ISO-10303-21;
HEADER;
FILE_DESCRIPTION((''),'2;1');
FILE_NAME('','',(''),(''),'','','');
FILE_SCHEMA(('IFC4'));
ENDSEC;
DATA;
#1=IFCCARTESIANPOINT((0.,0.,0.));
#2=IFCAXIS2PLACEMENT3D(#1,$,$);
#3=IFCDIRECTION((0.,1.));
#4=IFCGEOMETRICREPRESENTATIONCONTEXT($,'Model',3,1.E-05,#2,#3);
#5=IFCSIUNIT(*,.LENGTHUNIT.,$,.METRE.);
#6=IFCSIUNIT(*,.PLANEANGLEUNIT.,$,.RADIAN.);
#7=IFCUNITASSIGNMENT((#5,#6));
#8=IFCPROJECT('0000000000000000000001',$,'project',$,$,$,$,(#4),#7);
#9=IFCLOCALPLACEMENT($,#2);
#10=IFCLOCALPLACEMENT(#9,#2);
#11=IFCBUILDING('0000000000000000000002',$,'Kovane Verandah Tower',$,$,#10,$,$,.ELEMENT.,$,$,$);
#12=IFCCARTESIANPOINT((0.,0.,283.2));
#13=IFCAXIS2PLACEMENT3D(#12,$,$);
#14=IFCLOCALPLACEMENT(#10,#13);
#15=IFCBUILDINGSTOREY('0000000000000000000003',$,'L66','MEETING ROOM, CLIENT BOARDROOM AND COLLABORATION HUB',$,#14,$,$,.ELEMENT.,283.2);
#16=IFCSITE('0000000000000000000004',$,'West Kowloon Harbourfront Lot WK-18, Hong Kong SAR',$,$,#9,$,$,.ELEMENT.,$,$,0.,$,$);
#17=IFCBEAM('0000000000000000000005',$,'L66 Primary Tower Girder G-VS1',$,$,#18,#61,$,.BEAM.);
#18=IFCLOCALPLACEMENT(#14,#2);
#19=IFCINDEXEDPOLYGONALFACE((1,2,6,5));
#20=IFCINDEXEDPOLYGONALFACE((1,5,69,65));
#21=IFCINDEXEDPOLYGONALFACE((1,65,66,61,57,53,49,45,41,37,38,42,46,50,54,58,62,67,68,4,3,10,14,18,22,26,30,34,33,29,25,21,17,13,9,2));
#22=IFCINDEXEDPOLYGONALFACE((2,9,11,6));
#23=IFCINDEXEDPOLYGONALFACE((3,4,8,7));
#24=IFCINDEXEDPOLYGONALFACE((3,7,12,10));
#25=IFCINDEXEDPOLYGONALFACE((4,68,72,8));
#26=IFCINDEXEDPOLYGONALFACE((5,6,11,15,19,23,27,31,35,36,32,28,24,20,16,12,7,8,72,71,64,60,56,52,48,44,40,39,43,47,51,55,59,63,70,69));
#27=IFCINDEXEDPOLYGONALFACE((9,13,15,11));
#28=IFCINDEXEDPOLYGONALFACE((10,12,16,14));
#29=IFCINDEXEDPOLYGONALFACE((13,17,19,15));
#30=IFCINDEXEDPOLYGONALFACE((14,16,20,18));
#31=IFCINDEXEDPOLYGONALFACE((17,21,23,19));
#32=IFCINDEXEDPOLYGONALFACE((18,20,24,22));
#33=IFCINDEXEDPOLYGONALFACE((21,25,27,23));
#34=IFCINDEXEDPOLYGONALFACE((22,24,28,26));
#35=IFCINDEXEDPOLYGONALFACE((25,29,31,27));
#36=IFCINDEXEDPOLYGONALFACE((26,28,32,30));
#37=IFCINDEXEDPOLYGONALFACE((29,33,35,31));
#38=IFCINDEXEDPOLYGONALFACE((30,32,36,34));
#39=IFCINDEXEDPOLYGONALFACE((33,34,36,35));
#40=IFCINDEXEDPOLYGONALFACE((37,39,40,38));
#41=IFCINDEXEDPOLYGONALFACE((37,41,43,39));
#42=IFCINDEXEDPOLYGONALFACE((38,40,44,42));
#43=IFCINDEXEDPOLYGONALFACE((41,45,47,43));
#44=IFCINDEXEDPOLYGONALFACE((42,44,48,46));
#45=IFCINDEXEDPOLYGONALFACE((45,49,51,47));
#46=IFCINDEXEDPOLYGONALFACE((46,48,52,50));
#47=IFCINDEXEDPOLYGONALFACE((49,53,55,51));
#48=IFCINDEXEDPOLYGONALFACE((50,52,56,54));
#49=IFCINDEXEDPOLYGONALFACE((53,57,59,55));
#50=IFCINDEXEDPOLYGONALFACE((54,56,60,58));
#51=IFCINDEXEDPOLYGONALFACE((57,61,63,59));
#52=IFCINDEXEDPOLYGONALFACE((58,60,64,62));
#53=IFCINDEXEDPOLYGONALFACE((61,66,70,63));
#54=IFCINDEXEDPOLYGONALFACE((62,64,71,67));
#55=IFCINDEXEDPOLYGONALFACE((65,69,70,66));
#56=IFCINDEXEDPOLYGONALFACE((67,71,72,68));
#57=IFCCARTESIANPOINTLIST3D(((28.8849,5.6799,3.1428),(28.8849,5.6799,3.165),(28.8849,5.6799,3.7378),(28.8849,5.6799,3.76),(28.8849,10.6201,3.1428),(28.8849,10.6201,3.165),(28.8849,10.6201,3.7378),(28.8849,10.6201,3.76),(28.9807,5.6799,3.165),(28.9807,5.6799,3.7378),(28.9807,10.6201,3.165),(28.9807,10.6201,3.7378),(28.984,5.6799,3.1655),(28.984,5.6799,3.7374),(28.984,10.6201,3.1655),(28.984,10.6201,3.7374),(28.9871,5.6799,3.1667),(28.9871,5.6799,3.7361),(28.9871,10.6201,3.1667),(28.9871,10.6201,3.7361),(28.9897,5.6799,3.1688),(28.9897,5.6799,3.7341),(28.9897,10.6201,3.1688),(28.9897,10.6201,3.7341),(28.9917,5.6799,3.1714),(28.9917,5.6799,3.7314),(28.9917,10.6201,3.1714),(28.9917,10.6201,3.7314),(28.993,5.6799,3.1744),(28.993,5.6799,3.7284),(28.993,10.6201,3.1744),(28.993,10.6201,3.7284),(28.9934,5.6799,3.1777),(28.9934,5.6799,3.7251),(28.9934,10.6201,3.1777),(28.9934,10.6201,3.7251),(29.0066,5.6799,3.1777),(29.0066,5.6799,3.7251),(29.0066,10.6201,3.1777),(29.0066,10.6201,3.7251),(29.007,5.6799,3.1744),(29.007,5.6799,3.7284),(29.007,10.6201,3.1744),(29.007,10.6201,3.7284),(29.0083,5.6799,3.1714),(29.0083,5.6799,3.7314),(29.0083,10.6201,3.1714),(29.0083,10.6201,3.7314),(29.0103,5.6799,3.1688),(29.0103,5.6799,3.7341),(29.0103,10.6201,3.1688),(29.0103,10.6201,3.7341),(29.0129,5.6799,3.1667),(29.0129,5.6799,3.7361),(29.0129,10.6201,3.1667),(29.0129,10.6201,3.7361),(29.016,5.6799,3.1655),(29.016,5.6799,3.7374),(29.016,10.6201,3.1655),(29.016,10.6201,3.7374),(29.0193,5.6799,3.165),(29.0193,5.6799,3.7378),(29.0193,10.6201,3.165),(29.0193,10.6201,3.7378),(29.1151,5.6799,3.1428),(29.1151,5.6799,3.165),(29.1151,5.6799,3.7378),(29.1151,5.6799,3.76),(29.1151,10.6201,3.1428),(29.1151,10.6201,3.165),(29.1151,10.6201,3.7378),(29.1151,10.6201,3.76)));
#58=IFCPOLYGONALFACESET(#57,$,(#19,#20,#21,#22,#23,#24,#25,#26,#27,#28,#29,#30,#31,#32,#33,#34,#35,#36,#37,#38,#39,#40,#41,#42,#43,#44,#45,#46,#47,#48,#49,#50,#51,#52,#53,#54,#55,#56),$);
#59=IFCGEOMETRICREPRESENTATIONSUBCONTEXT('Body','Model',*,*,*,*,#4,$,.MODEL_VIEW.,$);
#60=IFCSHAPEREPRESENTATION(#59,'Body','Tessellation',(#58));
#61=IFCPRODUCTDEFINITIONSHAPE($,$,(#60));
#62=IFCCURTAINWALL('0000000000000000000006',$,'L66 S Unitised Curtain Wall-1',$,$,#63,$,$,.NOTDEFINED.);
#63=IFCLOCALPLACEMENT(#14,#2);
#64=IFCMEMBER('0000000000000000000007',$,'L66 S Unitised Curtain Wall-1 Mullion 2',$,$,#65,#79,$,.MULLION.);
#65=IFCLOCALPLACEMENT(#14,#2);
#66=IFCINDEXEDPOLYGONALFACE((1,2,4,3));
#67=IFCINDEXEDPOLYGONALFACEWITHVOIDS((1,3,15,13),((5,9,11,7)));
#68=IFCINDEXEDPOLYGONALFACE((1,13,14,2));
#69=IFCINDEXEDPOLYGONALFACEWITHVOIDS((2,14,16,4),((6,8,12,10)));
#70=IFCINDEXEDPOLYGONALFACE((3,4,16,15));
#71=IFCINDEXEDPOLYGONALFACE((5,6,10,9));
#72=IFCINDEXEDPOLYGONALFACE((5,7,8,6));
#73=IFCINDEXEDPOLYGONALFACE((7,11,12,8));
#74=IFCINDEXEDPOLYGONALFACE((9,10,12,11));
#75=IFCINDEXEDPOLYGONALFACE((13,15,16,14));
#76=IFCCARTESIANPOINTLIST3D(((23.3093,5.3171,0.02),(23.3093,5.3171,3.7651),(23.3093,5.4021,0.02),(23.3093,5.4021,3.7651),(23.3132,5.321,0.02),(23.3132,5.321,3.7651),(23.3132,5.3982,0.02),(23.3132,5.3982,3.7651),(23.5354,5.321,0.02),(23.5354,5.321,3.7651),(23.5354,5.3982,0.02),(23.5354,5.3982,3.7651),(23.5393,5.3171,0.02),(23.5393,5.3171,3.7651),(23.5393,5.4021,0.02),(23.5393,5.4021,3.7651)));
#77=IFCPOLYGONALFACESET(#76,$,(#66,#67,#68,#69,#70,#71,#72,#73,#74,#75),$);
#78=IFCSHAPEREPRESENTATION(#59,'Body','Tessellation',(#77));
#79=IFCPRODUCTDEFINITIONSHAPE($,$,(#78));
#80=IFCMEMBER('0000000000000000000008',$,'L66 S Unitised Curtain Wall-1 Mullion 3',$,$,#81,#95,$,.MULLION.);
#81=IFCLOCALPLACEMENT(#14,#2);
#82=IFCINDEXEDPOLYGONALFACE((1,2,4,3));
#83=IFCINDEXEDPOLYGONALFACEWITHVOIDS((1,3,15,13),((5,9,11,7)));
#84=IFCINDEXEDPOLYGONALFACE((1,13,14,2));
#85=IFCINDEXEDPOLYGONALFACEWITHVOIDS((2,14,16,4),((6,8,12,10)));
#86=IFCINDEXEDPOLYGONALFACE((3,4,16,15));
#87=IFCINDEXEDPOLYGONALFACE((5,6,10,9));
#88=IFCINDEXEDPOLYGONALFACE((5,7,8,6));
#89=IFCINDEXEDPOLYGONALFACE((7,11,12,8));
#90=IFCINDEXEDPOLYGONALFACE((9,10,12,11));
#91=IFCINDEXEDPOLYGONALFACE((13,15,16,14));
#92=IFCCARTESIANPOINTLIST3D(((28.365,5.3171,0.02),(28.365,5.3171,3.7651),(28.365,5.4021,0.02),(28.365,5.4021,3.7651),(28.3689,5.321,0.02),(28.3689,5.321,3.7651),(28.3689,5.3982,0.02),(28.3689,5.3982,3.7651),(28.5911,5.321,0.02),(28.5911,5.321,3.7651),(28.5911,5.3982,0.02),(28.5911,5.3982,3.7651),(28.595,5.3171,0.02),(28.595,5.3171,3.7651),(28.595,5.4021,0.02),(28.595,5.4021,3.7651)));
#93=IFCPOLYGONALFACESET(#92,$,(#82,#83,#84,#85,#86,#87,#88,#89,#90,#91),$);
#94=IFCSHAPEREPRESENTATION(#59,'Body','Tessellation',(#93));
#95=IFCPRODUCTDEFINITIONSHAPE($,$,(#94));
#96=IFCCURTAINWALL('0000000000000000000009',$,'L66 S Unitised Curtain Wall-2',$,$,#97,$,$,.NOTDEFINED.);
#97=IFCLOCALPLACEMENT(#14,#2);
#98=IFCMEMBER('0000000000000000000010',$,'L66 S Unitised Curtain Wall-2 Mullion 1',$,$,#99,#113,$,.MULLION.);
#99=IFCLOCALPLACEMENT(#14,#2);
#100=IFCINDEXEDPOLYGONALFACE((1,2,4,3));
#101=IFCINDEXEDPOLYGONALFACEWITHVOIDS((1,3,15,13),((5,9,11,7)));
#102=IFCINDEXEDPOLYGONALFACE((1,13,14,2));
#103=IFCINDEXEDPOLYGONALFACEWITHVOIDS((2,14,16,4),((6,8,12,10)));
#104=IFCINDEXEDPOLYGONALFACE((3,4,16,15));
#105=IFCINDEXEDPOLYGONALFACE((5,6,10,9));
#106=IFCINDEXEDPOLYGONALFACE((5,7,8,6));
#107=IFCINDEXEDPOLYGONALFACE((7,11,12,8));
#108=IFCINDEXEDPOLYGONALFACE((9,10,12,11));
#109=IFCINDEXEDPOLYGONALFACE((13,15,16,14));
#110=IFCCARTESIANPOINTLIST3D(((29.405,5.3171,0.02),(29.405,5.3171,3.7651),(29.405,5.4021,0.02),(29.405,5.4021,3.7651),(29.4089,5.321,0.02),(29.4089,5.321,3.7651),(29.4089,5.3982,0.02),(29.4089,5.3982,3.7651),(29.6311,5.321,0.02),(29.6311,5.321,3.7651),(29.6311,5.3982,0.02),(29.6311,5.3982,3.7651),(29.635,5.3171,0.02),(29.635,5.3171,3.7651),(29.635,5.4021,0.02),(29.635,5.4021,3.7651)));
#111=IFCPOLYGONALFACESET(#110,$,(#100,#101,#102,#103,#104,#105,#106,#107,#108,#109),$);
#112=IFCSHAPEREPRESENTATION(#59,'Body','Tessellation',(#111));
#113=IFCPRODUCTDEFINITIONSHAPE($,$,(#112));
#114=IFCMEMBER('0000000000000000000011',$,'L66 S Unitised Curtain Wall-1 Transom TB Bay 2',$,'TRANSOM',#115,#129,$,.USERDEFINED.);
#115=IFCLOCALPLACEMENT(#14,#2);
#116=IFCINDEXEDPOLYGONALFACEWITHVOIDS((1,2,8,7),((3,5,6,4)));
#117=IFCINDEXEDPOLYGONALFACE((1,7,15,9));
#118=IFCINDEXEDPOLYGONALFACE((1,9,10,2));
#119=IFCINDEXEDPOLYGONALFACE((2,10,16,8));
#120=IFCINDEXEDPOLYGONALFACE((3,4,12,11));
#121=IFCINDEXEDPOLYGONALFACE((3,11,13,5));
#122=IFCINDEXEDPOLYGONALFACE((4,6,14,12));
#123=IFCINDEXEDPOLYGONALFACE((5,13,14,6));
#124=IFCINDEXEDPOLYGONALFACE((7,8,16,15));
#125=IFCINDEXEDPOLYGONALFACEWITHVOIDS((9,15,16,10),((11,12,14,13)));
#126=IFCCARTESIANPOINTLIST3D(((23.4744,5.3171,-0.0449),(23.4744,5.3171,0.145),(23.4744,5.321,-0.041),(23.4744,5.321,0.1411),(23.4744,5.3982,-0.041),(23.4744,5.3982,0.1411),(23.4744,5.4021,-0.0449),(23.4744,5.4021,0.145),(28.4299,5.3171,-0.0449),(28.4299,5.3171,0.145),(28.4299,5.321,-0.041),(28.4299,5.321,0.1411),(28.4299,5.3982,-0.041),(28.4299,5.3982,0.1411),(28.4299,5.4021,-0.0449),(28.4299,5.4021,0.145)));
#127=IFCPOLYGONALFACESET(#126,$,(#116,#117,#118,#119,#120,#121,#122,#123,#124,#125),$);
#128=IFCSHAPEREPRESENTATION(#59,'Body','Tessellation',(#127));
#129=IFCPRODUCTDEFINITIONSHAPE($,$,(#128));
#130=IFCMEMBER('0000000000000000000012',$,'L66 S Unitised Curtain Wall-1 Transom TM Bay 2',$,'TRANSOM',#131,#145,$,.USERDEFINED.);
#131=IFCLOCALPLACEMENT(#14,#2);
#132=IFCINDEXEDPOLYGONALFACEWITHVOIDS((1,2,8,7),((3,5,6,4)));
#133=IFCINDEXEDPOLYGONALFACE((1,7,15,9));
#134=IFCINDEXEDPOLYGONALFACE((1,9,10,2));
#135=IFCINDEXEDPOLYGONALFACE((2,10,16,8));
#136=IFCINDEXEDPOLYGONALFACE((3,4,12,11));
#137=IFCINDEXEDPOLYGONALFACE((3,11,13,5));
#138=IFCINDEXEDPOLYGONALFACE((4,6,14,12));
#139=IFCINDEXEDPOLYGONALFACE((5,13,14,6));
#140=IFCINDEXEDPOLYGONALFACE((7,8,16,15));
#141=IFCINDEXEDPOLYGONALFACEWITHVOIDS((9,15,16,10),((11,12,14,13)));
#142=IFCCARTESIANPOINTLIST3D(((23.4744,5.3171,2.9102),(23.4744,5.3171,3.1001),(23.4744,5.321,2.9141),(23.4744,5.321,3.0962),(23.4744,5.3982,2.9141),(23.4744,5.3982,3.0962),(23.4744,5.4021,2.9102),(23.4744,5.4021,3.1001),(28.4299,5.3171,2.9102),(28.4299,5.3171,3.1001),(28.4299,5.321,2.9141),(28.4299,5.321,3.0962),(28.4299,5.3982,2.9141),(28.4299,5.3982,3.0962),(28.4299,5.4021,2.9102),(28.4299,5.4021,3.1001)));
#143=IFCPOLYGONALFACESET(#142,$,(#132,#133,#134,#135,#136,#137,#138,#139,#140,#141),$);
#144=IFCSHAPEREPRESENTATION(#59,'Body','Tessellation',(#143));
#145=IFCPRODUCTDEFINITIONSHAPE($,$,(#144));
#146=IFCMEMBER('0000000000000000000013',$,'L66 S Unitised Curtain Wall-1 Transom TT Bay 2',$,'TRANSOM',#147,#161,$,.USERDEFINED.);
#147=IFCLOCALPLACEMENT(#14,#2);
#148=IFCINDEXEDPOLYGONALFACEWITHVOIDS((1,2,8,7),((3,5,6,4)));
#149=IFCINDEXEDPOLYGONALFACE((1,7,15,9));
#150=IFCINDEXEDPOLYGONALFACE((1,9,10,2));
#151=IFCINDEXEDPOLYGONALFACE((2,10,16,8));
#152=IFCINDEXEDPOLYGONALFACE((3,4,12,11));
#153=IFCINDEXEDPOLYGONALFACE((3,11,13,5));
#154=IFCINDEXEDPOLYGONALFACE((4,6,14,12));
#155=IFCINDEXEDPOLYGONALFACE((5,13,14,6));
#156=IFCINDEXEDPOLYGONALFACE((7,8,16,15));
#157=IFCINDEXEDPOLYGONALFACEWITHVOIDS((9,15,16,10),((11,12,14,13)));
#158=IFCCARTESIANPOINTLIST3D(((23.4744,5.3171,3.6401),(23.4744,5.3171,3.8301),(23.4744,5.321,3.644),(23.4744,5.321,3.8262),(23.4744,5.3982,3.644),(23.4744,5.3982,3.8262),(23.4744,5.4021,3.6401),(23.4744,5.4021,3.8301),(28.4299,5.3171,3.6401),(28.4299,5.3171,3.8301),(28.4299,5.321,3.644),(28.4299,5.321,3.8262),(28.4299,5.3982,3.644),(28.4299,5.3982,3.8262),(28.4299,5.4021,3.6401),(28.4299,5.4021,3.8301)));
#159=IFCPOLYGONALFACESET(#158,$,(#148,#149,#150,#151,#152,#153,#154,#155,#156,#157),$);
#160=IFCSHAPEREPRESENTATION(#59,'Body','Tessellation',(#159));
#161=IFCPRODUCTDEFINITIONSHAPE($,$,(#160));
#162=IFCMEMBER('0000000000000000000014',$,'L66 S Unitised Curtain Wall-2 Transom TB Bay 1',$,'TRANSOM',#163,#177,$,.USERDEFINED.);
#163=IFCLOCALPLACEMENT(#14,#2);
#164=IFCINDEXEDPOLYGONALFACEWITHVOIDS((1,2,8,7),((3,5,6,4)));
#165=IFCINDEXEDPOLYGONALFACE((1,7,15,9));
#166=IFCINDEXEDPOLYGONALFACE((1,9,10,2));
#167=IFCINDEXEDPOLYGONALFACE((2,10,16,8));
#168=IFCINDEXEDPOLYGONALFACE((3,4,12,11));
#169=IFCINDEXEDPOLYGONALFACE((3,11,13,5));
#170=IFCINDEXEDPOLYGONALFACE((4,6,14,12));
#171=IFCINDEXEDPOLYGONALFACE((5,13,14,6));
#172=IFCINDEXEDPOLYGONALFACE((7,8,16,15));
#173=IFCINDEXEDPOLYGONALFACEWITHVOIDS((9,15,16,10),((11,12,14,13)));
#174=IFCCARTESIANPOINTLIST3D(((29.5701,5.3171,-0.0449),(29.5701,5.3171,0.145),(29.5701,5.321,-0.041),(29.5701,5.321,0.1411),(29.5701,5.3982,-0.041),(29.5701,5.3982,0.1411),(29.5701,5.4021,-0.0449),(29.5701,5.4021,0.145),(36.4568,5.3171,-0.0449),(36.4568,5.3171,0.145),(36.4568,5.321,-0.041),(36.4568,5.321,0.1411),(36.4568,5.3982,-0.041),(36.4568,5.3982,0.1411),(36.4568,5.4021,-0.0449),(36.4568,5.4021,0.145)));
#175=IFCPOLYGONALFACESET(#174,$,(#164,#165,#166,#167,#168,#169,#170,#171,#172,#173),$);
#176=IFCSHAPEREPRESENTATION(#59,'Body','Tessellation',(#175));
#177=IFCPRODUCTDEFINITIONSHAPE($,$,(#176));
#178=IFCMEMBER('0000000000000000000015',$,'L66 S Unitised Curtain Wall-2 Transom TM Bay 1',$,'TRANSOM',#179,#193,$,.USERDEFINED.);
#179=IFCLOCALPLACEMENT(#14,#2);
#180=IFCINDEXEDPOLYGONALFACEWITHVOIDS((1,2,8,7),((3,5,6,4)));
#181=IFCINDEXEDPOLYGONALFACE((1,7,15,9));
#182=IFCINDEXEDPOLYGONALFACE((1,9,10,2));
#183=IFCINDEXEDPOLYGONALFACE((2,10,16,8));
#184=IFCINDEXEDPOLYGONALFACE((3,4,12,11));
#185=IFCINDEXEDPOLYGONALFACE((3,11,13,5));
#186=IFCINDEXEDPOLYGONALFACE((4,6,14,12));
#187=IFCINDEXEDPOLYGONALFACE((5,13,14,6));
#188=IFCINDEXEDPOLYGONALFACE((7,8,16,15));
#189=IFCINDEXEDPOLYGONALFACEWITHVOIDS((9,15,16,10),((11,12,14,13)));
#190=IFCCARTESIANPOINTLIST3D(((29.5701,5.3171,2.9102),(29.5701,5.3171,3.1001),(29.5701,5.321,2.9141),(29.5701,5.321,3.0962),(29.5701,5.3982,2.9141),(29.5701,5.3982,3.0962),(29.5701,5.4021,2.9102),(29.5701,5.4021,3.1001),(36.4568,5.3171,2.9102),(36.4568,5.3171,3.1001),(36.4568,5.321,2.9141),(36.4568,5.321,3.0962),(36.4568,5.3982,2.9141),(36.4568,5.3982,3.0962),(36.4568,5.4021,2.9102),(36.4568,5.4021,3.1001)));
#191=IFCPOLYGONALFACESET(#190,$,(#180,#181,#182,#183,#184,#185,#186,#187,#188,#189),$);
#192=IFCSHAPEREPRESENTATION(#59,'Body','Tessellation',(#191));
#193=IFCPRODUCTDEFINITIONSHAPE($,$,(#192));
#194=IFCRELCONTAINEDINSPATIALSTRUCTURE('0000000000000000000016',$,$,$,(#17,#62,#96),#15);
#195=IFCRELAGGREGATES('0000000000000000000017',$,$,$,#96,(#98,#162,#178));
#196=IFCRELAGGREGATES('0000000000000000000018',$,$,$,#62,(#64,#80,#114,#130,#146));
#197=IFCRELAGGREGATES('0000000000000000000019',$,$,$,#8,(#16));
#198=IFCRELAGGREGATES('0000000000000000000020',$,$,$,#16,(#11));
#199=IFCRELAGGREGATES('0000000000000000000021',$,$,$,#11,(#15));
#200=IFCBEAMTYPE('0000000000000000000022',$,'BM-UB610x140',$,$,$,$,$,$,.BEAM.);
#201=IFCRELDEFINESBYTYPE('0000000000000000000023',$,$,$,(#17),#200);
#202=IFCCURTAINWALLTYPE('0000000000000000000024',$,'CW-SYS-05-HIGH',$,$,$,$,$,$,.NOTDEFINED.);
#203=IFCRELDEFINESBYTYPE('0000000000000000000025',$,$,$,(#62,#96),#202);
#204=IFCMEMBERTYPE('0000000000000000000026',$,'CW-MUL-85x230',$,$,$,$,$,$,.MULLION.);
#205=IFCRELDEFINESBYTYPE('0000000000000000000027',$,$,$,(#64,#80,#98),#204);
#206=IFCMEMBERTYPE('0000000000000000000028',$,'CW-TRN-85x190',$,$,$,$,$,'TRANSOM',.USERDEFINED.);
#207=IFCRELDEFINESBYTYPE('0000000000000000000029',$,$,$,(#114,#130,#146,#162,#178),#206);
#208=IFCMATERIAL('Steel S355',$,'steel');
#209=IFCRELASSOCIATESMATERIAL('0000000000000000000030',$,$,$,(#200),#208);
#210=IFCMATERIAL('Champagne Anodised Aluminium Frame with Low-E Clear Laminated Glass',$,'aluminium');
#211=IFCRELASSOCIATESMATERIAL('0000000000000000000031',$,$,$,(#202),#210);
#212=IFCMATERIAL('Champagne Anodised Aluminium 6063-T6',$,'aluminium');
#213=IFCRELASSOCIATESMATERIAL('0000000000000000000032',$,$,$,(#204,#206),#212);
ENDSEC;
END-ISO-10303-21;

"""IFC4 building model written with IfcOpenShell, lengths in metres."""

from ifc_helpers import new_model, si_unit, direction, frame, origin, origin_2d, place, context, subcontext, project, spatial, hollow_rectangle, i_section, extrude, material, material_profile, profile_set, type_object, element, aggregate, save


model = new_model("IFC4")

# Units and contexts
model_context = context("Model", 3, precision=1e-05, world=origin(), true_north=direction((0.0, 1.0)))
body_context = subcontext(model_context, "Body", "Model", "MODEL_VIEW")
ifc_project = project(units=[si_unit("LENGTHUNIT", "METRE"), si_unit("PLANEANGLEUNIT", "RADIAN")], contexts=[model_context])

# Site, building, storey
site_placement = place(None, origin())
site = spatial("IfcSite", under=ifc_project, at=site_placement, Name="West Kowloon Harbourfront Lot WK-18, Hong Kong SAR", CompositionType="ELEMENT", RefElevation=0.0)
building_placement = place(site_placement, origin())
building = spatial("IfcBuilding", under=site, at=building_placement, Name="Kovane Verandah Tower", CompositionType="ELEMENT")
storey_placement = place(building_placement, frame((0.0, 0.0, 283.2)))
storey = spatial("IfcBuildingStorey", under=building, at=storey_placement, Name="L66", Description="MEETING ROOM, CLIENT BOARDROOM AND COLLABORATION HUB", CompositionType="ELEMENT", Elevation=283.2)

# Beam
ifc_material_1 = material(Name="Steel S355", Category="steel")
ifc_material_profile_1 = material_profile(ifc_material_1, i_section(OverallWidth=0.2302, OverallDepth=0.6172, WebThickness=0.0132, FlangeThickness=0.0222, FilletRadius=0.0127, at=origin_2d()), Name="UB610x229x140")
ifc_profile_set_1 = profile_set([ifc_material_profile_1], Name="Steel S355")
beam_type_1 = type_object("IfcBeamType", Name="BM-UB610x140", PredefinedType="BEAM", material=ifc_profile_set_1)
beam_1_placement = place(storey_placement, frame((29.0, 10.6201, 3.4514), z_axis=(0.0, -1.0, 0.0), x_axis=(1.0, 0.0, 0.0)))
element("IfcBeam", 1, at=beam_1_placement, inside=storey, type_object=beam_type_1, Name="L66 Primary Tower Girder G-VS1", PredefinedType="BEAM", context=body_context, shape_type="SweptSolid", body=[
    extrude(i_section(OverallWidth=0.2302, OverallDepth=0.6172, WebThickness=0.0132, FlangeThickness=0.0222, FilletRadius=0.0127, at=origin_2d()), origin(), (0.0, 0.0, 1.0), 4.9402),
])

# Curtain wall, members
ifc_material_2 = material(Name="Champagne Anodised Aluminium Frame with Low-E Clear Laminated Glass", Category="aluminium")
curtain_wall_type = type_object("IfcCurtainWallType", Name="CW-SYS-05-HIGH", PredefinedType="NOTDEFINED", material=ifc_material_2)
curtain_wall_1_placement = place(storey_placement, origin())
curtain_wall_1 = element("IfcCurtainWall", 2, at=curtain_wall_1_placement, inside=storey, type_object=curtain_wall_type, Name="L66 S Unitised Curtain Wall-1", PredefinedType="NOTDEFINED")
ifc_material_3 = material(Name="Champagne Anodised Aluminium 6063-T6", Category="aluminium")
ifc_material_profile_2 = material_profile(ifc_material_3, hollow_rectangle(XDim=0.085, YDim=0.23, WallThickness=0.0039, at=origin_2d()), Name="AL85x230x4")
ifc_profile_set_2 = profile_set([ifc_material_profile_2], Name="Champagne Anodised Aluminium 6063-T6")
member_type_1 = type_object("IfcMemberType", Name="CW-MUL-85x230", PredefinedType="MULLION", material=ifc_profile_set_2)
member_1_placement = place(storey_placement, frame((23.4243, 5.3596, 0.02), z_axis=(0.0, 0.0, 1.0), x_axis=(0.0, -1.0, 0.0)))
member_1 = element("IfcMember", 3, at=member_1_placement, type_object=member_type_1, Name="L66 S Unitised Curtain Wall-1 Mullion 2", PredefinedType="MULLION", context=body_context, shape_type="SweptSolid", body=[
    extrude(hollow_rectangle(XDim=0.085, YDim=0.23, WallThickness=0.0039, at=origin_2d()), origin(), (0.0, 0.0, 1.0), 3.7451),
])
member_2_placement = place(storey_placement, frame((28.48, 5.3596, 0.02), z_axis=(0.0, 0.0, 1.0), x_axis=(0.0, -1.0, 0.0)))
member_2 = element("IfcMember", 4, at=member_2_placement, type_object=member_type_1, Name="L66 S Unitised Curtain Wall-1 Mullion 3", PredefinedType="MULLION", context=body_context, shape_type="SweptSolid", body=[
    extrude(hollow_rectangle(XDim=0.085, YDim=0.23, WallThickness=0.0039, at=origin_2d()), origin(), (0.0, 0.0, 1.0), 3.7451),
])

# Curtain wall, member
curtain_wall_2_placement = place(storey_placement, origin())
curtain_wall_2 = element("IfcCurtainWall", 5, at=curtain_wall_2_placement, inside=storey, type_object=curtain_wall_type, Name="L66 S Unitised Curtain Wall-2", PredefinedType="NOTDEFINED")
member_3_placement = place(storey_placement, frame((29.52, 5.3596, 0.02), z_axis=(0.0, 0.0, 1.0), x_axis=(0.0, -1.0, 0.0)))
member_3 = element("IfcMember", 6, at=member_3_placement, type_object=member_type_1, Name="L66 S Unitised Curtain Wall-2 Mullion 1", PredefinedType="MULLION", context=body_context, shape_type="SweptSolid", body=[
    extrude(hollow_rectangle(XDim=0.085, YDim=0.23, WallThickness=0.0039, at=origin_2d()), origin(), (0.0, 0.0, 1.0), 3.7451),
])

# Members
ifc_material_profile_3 = material_profile(ifc_material_3, hollow_rectangle(XDim=0.085, YDim=0.1899, WallThickness=0.0039, at=origin_2d()), Name="AL85x190x4")
ifc_profile_set_3 = profile_set([ifc_material_profile_3], Name="Champagne Anodised Aluminium 6063-T6")
member_type_2 = type_object("IfcMemberType", Name="CW-TRN-85x190", ElementType="TRANSOM", PredefinedType="USERDEFINED", material=ifc_profile_set_3)
member_4_placement = place(storey_placement, frame((23.4744, 5.3596, 0.05), z_axis=(1.0, 0.0, 0.0), x_axis=(0.0, 1.0, 0.0)))
member_4 = element("IfcMember", 7, at=member_4_placement, type_object=member_type_2, Name="L66 S Unitised Curtain Wall-1 Transom TB Bay 2", ObjectType="TRANSOM", PredefinedType="USERDEFINED", context=body_context, shape_type="SweptSolid", body=[
    extrude(hollow_rectangle(XDim=0.085, YDim=0.1899, WallThickness=0.0039, at=origin_2d()), origin(), (0.0, 0.0, 1.0), 4.9556),
])
member_5_placement = place(storey_placement, frame((23.4744, 5.3596, 3.0051), z_axis=(1.0, 0.0, 0.0), x_axis=(0.0, 1.0, 0.0)))
member_5 = element("IfcMember", 8, at=member_5_placement, type_object=member_type_2, Name="L66 S Unitised Curtain Wall-1 Transom TM Bay 2", ObjectType="TRANSOM", PredefinedType="USERDEFINED", context=body_context, shape_type="SweptSolid", body=[
    extrude(hollow_rectangle(XDim=0.085, YDim=0.1899, WallThickness=0.0039, at=origin_2d()), origin(), (0.0, 0.0, 1.0), 4.9556),
])
member_6_placement = place(storey_placement, frame((23.4744, 5.3596, 3.7351), z_axis=(1.0, 0.0, 0.0), x_axis=(0.0, 1.0, 0.0)))
member_6 = element("IfcMember", 9, at=member_6_placement, type_object=member_type_2, Name="L66 S Unitised Curtain Wall-1 Transom TT Bay 2", ObjectType="TRANSOM", PredefinedType="USERDEFINED", context=body_context, shape_type="SweptSolid", body=[
    extrude(hollow_rectangle(XDim=0.085, YDim=0.1899, WallThickness=0.0039, at=origin_2d()), origin(), (0.0, 0.0, 1.0), 4.9556),
])
member_7_placement = place(storey_placement, frame((29.5701, 5.3596, 0.05), z_axis=(1.0, 0.0, 0.0), x_axis=(0.0, 1.0, 0.0)))
member_7 = element("IfcMember", 10, at=member_7_placement, type_object=member_type_2, Name="L66 S Unitised Curtain Wall-2 Transom TB Bay 1", ObjectType="TRANSOM", PredefinedType="USERDEFINED", context=body_context, shape_type="SweptSolid", body=[
    extrude(hollow_rectangle(XDim=0.085, YDim=0.1899, WallThickness=0.0039, at=origin_2d()), origin(), (0.0, 0.0, 1.0), 6.8867),
])
member_8_placement = place(storey_placement, frame((29.5701, 5.3596, 3.0051), z_axis=(1.0, 0.0, 0.0), x_axis=(0.0, 1.0, 0.0)))
member_8 = element("IfcMember", 11, at=member_8_placement, type_object=member_type_2, Name="L66 S Unitised Curtain Wall-2 Transom TM Bay 1", ObjectType="TRANSOM", PredefinedType="USERDEFINED", context=body_context, shape_type="SweptSolid", body=[
    extrude(hollow_rectangle(XDim=0.085, YDim=0.1899, WallThickness=0.0039, at=origin_2d()), origin(), (0.0, 0.0, 1.0), 6.8867),
])
aggregate(curtain_wall_2, [member_3, member_7, member_8])

aggregate(curtain_wall_1, [member_1, member_2, member_4, member_5, member_6])

save(model, "model.ifc")
